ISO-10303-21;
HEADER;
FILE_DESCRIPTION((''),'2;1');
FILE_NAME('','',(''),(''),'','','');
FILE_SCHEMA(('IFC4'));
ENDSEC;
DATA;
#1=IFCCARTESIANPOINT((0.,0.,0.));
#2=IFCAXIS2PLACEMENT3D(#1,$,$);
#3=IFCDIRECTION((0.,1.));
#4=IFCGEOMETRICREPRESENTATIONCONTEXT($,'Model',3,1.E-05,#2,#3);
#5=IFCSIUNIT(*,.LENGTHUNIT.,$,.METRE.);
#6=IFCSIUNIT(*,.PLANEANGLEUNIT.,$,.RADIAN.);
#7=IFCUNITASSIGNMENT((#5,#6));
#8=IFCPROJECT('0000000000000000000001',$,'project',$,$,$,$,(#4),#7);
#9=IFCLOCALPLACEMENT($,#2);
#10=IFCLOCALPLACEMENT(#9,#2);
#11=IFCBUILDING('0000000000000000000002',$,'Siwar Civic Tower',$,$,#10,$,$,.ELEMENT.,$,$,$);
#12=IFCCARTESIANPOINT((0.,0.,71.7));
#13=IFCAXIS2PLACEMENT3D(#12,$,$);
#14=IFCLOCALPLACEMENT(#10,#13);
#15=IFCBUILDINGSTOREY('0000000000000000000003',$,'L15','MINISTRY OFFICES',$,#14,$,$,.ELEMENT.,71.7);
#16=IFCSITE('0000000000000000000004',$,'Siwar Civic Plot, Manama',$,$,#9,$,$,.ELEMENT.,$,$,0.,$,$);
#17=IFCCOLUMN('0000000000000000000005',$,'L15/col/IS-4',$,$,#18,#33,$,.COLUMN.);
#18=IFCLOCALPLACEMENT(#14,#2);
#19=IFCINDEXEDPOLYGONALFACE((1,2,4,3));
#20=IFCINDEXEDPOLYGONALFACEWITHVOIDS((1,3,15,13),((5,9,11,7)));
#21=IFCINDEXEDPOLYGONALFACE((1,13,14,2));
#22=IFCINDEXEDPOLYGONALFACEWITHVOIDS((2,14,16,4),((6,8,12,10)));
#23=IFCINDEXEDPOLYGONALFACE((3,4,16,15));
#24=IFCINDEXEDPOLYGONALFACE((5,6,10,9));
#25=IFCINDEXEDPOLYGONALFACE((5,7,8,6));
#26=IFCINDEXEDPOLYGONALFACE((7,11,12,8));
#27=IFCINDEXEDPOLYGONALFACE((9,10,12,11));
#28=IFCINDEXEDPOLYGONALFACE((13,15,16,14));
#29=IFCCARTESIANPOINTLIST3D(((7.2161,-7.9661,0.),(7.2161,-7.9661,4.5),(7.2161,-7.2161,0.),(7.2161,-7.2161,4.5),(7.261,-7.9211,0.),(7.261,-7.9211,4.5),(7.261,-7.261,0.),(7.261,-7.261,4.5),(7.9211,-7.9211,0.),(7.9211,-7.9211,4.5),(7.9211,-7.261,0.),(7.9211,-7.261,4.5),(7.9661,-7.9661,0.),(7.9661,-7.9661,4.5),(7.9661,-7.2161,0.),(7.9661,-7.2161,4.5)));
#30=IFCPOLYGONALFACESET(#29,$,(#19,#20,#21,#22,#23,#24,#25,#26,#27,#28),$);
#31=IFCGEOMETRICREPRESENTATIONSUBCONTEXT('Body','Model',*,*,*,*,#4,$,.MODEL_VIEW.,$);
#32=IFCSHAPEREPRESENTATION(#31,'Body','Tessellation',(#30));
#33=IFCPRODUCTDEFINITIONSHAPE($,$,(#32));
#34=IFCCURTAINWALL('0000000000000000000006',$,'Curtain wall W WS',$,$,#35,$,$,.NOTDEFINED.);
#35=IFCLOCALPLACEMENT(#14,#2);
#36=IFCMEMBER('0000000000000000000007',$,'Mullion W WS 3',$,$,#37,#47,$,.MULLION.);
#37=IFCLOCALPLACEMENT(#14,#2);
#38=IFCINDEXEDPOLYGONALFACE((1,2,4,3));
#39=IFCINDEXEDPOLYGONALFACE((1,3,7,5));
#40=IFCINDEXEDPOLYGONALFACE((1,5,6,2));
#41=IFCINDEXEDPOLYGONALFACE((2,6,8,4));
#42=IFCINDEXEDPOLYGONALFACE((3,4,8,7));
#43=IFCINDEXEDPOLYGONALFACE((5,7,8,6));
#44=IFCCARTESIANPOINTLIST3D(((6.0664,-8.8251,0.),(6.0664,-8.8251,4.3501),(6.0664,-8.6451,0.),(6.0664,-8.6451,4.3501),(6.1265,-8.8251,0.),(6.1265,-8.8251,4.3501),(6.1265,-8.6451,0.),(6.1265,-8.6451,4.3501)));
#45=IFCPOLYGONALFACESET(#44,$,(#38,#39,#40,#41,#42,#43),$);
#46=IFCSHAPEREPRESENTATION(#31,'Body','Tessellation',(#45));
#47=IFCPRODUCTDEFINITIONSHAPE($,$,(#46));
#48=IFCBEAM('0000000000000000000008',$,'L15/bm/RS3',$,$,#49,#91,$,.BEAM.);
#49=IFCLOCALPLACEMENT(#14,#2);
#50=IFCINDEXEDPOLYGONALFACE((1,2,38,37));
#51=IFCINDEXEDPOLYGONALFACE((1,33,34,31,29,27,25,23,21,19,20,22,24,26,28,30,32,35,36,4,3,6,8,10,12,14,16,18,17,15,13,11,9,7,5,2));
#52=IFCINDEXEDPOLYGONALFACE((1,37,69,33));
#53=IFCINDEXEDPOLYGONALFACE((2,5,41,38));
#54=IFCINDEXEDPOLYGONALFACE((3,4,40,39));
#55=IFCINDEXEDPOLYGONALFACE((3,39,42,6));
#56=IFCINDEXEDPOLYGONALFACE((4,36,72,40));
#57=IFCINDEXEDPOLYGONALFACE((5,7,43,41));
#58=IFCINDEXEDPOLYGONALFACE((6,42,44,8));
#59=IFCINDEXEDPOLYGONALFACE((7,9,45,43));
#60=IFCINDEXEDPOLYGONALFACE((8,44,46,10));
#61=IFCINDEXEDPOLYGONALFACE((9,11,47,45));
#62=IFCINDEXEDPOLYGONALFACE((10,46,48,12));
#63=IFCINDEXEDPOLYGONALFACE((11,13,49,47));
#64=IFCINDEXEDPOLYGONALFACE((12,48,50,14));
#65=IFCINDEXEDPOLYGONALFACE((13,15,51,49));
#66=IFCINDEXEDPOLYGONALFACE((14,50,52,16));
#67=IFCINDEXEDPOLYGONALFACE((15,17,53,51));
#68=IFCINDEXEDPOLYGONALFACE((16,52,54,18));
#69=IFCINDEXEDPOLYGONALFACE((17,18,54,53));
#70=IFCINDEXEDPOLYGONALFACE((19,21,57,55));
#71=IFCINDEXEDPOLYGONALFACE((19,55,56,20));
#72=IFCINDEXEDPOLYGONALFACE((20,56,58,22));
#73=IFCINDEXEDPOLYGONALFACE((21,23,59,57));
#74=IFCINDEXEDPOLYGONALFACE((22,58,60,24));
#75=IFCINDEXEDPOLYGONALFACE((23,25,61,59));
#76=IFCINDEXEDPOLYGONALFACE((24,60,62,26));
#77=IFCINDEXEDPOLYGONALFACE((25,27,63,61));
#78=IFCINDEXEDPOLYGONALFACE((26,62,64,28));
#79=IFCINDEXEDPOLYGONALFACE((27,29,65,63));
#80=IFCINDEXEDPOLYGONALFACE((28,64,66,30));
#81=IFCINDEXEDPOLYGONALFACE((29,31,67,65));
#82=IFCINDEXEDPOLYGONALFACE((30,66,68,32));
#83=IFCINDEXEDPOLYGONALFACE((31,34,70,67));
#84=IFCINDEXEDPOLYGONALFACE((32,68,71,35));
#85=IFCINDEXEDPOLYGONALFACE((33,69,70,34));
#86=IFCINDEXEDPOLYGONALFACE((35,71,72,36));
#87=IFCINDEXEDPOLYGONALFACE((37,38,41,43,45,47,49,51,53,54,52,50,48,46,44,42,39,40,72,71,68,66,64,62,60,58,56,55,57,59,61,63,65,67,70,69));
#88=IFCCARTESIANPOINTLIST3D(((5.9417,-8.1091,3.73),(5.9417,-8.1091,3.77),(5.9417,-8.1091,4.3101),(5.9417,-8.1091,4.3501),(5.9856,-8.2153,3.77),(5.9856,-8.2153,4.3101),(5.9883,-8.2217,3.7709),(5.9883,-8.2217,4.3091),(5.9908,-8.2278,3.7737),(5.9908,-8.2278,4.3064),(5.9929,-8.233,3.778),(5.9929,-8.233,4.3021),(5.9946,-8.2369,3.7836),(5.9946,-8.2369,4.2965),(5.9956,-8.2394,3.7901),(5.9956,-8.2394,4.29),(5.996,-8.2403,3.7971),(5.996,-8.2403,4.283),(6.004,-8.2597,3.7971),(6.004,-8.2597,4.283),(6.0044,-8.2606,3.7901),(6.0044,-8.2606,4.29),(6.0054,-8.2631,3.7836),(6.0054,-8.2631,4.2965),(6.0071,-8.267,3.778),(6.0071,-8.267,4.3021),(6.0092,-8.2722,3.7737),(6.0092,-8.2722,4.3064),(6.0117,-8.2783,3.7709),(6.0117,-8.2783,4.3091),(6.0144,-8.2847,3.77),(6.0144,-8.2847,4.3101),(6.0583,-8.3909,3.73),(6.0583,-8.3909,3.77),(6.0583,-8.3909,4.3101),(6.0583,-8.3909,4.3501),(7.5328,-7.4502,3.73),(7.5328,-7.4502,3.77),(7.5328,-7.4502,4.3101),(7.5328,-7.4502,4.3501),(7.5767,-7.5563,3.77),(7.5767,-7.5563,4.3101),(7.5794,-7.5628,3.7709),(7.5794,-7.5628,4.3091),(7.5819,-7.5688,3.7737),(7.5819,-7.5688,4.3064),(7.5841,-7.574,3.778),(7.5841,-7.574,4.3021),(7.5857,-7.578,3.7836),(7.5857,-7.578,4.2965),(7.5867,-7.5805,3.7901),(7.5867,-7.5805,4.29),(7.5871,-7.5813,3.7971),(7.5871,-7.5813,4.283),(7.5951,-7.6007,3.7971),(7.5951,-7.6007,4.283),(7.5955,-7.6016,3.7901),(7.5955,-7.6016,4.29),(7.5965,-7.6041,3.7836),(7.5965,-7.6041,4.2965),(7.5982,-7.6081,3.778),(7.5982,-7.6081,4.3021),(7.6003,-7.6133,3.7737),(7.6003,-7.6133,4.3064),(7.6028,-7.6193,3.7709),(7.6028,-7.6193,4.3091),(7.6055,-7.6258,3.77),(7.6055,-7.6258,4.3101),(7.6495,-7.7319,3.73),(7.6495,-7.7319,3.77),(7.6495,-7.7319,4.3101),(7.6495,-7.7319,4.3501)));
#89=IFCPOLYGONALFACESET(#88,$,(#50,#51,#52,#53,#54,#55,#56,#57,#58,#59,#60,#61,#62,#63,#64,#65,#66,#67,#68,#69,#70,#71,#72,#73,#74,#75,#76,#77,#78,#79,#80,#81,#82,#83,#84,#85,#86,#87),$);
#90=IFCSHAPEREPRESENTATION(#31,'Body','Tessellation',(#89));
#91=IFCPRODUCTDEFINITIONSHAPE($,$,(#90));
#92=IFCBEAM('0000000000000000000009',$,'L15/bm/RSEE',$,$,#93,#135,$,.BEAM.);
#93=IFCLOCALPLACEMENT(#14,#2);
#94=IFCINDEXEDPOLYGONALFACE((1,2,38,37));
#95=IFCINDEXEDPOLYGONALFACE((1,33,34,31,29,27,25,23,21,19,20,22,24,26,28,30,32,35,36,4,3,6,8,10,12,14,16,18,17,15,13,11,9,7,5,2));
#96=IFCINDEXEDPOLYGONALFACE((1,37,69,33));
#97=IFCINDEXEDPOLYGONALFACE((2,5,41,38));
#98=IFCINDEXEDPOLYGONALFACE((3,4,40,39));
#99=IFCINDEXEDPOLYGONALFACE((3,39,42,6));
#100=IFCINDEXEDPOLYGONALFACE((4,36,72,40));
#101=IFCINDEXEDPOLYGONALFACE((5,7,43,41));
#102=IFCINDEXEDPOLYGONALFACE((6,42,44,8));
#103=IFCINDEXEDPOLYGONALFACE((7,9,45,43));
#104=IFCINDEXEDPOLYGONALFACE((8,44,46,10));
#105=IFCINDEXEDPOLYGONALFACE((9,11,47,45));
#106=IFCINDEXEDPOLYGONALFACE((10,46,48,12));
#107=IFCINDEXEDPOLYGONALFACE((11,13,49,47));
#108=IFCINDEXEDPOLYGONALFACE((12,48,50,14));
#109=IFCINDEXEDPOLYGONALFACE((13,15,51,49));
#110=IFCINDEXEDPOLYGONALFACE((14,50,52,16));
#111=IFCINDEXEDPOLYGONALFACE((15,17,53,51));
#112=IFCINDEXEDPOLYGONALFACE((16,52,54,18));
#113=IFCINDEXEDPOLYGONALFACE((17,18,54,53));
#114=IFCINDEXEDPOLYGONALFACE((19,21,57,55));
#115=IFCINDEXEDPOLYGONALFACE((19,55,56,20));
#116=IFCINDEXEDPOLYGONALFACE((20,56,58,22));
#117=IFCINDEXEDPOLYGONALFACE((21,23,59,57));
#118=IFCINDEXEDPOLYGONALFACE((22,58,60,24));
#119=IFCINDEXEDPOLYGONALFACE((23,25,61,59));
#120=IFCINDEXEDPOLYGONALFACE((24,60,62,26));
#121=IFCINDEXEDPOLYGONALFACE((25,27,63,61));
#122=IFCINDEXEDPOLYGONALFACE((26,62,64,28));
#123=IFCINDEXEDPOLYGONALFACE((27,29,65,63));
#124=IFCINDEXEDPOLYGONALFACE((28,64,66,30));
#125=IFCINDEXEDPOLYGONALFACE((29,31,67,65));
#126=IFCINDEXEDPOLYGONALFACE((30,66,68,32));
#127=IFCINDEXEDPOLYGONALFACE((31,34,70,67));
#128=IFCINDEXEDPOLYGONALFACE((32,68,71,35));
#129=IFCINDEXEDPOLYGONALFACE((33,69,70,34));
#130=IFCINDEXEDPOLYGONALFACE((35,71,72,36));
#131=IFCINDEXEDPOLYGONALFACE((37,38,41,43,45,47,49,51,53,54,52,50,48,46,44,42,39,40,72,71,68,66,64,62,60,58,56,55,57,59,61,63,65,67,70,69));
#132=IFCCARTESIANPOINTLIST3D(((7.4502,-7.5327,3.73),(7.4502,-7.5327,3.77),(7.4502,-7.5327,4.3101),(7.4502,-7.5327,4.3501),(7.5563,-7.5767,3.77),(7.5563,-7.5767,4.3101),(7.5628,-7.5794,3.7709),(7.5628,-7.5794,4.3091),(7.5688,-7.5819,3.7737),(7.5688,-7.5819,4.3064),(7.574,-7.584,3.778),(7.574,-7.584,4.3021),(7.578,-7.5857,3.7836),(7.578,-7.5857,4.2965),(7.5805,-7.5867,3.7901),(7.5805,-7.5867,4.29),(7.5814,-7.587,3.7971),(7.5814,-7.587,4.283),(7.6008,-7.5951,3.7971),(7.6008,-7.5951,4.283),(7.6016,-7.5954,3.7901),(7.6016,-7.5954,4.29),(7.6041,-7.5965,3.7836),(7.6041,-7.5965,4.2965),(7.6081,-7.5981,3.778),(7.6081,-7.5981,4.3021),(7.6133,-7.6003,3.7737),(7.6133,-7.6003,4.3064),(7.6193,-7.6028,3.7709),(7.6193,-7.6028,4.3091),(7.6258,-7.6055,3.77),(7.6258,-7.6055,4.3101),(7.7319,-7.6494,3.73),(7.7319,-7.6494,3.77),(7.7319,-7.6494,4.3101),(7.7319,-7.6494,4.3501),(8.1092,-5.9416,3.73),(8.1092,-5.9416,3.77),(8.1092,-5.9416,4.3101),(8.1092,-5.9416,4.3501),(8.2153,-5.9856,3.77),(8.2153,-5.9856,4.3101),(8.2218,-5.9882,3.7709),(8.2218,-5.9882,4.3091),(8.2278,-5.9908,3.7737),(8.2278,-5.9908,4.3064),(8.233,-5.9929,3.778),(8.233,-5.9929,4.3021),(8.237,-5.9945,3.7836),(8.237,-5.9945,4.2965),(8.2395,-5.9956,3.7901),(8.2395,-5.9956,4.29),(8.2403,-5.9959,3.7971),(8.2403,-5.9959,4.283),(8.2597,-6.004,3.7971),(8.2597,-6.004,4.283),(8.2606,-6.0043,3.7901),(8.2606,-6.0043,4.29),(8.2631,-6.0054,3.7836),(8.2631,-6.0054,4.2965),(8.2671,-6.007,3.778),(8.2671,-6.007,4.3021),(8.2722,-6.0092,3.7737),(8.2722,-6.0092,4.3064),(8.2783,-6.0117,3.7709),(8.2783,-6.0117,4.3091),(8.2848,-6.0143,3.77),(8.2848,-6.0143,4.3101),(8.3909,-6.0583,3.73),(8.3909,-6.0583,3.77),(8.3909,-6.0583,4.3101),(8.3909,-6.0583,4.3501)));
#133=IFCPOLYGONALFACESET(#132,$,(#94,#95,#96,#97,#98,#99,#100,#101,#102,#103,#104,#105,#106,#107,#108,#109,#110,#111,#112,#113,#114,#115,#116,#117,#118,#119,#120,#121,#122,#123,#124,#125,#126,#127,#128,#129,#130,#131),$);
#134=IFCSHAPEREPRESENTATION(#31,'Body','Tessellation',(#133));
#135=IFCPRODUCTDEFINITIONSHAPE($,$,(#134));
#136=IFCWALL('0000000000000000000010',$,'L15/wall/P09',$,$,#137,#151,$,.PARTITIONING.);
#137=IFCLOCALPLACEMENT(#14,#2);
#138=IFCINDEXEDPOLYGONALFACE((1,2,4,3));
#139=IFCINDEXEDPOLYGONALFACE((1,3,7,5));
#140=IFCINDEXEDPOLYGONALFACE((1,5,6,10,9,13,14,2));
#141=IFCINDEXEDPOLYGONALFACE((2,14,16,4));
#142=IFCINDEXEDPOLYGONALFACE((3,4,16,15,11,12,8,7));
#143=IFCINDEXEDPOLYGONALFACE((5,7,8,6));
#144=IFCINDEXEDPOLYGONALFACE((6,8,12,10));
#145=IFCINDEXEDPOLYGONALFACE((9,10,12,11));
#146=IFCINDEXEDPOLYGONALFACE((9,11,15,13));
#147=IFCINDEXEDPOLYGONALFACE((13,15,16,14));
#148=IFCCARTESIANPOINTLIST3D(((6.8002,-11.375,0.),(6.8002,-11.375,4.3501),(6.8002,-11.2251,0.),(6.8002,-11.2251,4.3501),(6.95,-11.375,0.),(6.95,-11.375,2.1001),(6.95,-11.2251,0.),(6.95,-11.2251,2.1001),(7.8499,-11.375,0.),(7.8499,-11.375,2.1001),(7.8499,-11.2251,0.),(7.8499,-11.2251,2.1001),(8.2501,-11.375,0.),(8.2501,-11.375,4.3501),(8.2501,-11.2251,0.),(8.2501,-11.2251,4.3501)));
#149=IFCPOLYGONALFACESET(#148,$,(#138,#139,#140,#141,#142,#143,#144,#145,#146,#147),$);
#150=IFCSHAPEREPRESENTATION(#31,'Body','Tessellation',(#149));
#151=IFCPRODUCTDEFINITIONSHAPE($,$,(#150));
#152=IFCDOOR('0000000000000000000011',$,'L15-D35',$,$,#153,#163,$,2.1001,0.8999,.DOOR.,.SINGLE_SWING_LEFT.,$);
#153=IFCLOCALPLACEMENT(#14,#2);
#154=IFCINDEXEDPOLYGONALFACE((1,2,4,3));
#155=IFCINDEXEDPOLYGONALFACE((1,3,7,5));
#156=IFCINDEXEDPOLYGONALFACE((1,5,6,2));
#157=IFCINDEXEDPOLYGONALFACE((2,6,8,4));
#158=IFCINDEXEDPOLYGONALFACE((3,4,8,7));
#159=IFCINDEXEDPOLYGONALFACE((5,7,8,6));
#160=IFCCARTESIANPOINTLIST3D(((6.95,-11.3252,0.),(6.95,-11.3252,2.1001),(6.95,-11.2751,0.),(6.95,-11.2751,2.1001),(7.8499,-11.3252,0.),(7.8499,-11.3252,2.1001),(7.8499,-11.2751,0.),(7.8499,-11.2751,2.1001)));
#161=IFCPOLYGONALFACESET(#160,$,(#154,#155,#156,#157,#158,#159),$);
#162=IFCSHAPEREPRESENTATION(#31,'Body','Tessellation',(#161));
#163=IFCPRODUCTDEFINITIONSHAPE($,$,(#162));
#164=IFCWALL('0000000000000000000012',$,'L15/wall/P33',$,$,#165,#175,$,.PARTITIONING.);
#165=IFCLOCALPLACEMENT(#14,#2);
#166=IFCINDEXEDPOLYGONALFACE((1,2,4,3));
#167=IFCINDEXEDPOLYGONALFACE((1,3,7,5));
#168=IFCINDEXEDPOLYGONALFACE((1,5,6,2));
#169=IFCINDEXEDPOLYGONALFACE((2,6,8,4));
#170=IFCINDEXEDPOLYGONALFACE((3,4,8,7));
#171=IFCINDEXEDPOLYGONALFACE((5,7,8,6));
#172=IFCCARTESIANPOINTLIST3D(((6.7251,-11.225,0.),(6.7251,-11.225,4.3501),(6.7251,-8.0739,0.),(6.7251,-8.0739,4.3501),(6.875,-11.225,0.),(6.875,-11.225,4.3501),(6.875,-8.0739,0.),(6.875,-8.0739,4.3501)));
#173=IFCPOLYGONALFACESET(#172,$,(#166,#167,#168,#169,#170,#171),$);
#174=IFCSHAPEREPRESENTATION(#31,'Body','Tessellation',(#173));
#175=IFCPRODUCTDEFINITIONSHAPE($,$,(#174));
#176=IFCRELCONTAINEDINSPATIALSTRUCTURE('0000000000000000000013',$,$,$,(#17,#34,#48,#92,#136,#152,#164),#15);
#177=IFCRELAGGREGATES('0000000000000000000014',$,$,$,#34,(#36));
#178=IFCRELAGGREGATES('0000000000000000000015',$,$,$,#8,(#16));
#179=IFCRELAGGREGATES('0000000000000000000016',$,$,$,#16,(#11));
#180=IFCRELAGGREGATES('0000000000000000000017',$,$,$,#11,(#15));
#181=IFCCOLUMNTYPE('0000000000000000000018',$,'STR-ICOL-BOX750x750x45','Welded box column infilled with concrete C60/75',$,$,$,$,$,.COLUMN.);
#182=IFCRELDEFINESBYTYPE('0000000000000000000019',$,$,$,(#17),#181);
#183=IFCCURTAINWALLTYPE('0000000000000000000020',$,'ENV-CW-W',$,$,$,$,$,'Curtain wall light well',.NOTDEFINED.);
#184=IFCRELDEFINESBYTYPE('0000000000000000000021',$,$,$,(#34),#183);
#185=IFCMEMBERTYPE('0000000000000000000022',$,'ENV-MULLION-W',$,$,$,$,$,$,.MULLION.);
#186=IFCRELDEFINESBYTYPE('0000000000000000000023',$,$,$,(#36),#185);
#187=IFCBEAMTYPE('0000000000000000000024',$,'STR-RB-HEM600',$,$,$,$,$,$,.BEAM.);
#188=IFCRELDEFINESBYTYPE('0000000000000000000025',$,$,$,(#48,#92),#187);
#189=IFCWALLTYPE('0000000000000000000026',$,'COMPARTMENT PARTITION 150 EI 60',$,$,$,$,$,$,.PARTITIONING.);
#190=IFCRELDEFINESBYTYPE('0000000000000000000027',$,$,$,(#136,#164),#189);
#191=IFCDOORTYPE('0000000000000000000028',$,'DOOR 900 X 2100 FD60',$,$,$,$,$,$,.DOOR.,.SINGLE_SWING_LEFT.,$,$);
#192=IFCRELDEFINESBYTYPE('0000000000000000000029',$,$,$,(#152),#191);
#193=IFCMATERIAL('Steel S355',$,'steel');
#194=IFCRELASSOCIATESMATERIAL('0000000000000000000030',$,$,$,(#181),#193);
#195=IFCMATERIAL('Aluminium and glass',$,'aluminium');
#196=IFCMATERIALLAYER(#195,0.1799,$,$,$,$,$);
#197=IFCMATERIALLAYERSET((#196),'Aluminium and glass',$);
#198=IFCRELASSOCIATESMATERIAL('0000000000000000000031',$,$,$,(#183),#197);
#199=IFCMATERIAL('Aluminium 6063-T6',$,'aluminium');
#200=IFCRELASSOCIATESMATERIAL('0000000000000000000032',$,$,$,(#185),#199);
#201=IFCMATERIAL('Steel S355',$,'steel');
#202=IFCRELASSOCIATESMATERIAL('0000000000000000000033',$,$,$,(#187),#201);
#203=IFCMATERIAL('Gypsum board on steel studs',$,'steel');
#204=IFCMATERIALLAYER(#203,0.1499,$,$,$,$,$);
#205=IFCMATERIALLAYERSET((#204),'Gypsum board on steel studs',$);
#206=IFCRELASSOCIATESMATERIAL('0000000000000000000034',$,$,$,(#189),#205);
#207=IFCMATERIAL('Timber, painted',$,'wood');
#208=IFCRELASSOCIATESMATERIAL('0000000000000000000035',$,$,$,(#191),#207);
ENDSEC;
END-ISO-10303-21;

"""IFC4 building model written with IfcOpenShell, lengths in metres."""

from ifc_helpers import new_model, si_unit, direction, frame, frame_2d, origin, origin_2d, place, context, subcontext, project, spatial, rectangle, hollow_rectangle, i_section, extrude, material, layer, layer_set, material_profile, profile_set, type_object, element, fill, aggregate, save


model = new_model("IFC4")

# Units and contexts
model_context = context("Model", 3, precision=1e-05, world=origin(), true_north=direction((0.0, 1.0)))
body_context = subcontext(model_context, "Body", "Model", "MODEL_VIEW")
ifc_project = project(units=[si_unit("LENGTHUNIT", "METRE"), si_unit("PLANEANGLEUNIT", "RADIAN")], contexts=[model_context])

# Site, building, storey
site_placement = place(None, origin())
site = spatial("IfcSite", under=ifc_project, at=site_placement, Name="Siwar Civic Plot, Manama", CompositionType="ELEMENT", RefElevation=0.0)
building_placement = place(site_placement, origin())
building = spatial("IfcBuilding", under=site, at=building_placement, Name="Siwar Civic Tower", CompositionType="ELEMENT")
storey_placement = place(building_placement, frame((0.0, 0.0, 71.7)))
storey = spatial("IfcBuildingStorey", under=building, at=storey_placement, Name="L15", Description="MINISTRY OFFICES", CompositionType="ELEMENT", Elevation=71.7)

# Column
ifc_material_1 = material(Name="Steel S355", Category="steel")
ifc_material_profile_1 = material_profile(ifc_material_1, hollow_rectangle(XDim=0.75, YDim=0.75, WallThickness=0.0449, at=origin_2d()), Name="BOX750x750x45")
ifc_profile_set_1 = profile_set([ifc_material_profile_1], Name="Steel S355")
column_type = type_object("IfcColumnType", Name="STR-ICOL-BOX750x750x45", Description="Welded box column infilled with concrete C60/75", PredefinedType="COLUMN", material=ifc_profile_set_1)
column_placement = place(storey_placement, frame((7.5911, -7.5911, 0.0), z_axis=(0.0, 0.0, 1.0), x_axis=(1.0, 0.0, 0.0)))
element("IfcColumn", 1, at=column_placement, inside=storey, type_object=column_type, Name="L15/col/IS-4", PredefinedType="COLUMN", context=body_context, shape_type="SweptSolid", body=[
    extrude(hollow_rectangle(XDim=0.75, YDim=0.75, WallThickness=0.0449, at=origin_2d()), origin(), (0.0, 0.0, 1.0), 4.5),
])

# Curtain wall, member
ifc_material_2 = material(Name="Aluminium and glass", Category="aluminium")
ifc_layer_1 = layer(ifc_material_2, 0.1799)
ifc_layer_set_1 = layer_set([ifc_layer_1], Name="Aluminium and glass")
curtain_wall_type = type_object("IfcCurtainWallType", Name="ENV-CW-W", ElementType="Curtain wall light well", PredefinedType="NOTDEFINED", material=ifc_layer_set_1)
curtain_wall_placement = place(storey_placement, origin())
curtain_wall = element("IfcCurtainWall", 2, at=curtain_wall_placement, inside=storey, type_object=curtain_wall_type, Name="Curtain wall W WS", PredefinedType="NOTDEFINED")
ifc_material_3 = material(Name="Aluminium 6063-T6", Category="aluminium")
ifc_material_profile_2 = material_profile(ifc_material_3, rectangle(XDim=0.1799, YDim=0.0601, at=origin_2d()), Name="AL 180x60")
ifc_profile_set_2 = profile_set([ifc_material_profile_2], Name="Aluminium 6063-T6")
member_type = type_object("IfcMemberType", Name="ENV-MULLION-W", PredefinedType="MULLION", material=ifc_profile_set_2)
member_placement = place(storey_placement, frame((6.0964, -8.7351, 0.0), z_axis=(0.0, 0.0, 1.0), x_axis=(0.0, 1.0, 0.0)))
member = element("IfcMember", 3, at=member_placement, type_object=member_type, Name="Mullion W WS 3", PredefinedType="MULLION", context=body_context, shape_type="SweptSolid", body=[
    extrude(rectangle(XDim=0.1799, YDim=0.0601, at=origin_2d()), origin(), (0.0, 0.0, 1.0), 4.3501),
])
aggregate(curtain_wall, [member])

# Beams
ifc_material_4 = material(Name="Steel S355", Category="steel")
ifc_material_profile_3 = material_profile(ifc_material_4, i_section(OverallWidth=0.3049, OverallDepth=0.6201, WebThickness=0.021, FlangeThickness=0.04, FilletRadius=0.0271, at=origin_2d()), Name="HEM600")
ifc_profile_set_3 = profile_set([ifc_material_profile_3], Name="Steel S355")
beam_type = type_object("IfcBeamType", Name="STR-RB-HEM600", PredefinedType="BEAM", material=ifc_profile_set_3)
for number, where, z_axis, x_axis, name in (
    (4, (6.0, -8.25, 4.04), (0.923901, 0.382631, 0.0), (-0.382631, 0.923901, 0.0), "L15/bm/RS3"),
    (5, (7.5911, -7.5911, 4.04), (0.382631, 0.923901, 0.0), (-0.923901, 0.382631, 0.0), "L15/bm/RSEE"),
):
    element("IfcBeam", number, at=place(storey_placement, frame(where, z_axis=z_axis, x_axis=x_axis)), inside=storey, type_object=beam_type, Name=name, PredefinedType="BEAM", context=body_context, shape_type="SweptSolid", body=[
        extrude(i_section(OverallWidth=0.3049, OverallDepth=0.6201, WebThickness=0.021, FlangeThickness=0.04, FilletRadius=0.0271, at=origin_2d()), origin(), (0.0, 0.0, 1.0), 1.7222),
    ])

# Wall, opening, door
ifc_material_5 = material(Name="Gypsum board on steel studs", Category="steel")
ifc_layer_2 = layer(ifc_material_5, 0.1499)
ifc_layer_set_2 = layer_set([ifc_layer_2], Name="Gypsum board on steel studs")
wall_type_1 = type_object("IfcWallType", Name="COMPARTMENT PARTITION 150 EI 60", PredefinedType="PARTITIONING", material=ifc_layer_set_2)
wall_1_placement = place(storey_placement, frame((6.8, -11.3, 0.0), z_axis=(0.0, 0.0, 1.0), x_axis=(1.0, 0.0, 0.0)))
wall_1 = element("IfcWall", 6, at=wall_1_placement, inside=storey, type_object=wall_type_1, Name="L15/wall/P09", PredefinedType="PARTITIONING", context=body_context, shape_type="SweptSolid", body=[
    extrude(rectangle(XDim=1.45, YDim=0.1499, at=frame_2d((0.7251, 0.0))), origin(), (0.0, 0.0, 1.0), 4.3501),
])
opening_1_placement = place(wall_1_placement, frame((0.1499, 0.0, 0.0)))
opening_1 = element("IfcOpeningElement", 7, at=opening_1_placement, cuts=wall_1, PredefinedType="OPENING", context=body_context, shape_type="SweptSolid", body=[
    extrude(rectangle(XDim=0.8999, YDim=2.1001, at=frame_2d((0.45, 1.05))), frame((0.0, 0.085, 0.0), z_axis=(0.0, -1.0, 0.0), x_axis=(1.0, 0.0, 0.0)), (0.0, 0.0, 1.0), 0.1699),
])
ifc_material_6 = material(Name="Timber, painted", Category="wood")
door_type_1 = type_object("IfcDoorType", Name="DOOR 900 X 2100 FD60", OperationType="SINGLE_SWING_LEFT", PredefinedType="DOOR", material=ifc_material_6)
door_1_placement = place(opening_1_placement, origin())
door_1 = element("IfcDoor", 8, at=door_1_placement, inside=storey, type_object=door_type_1, Name="L15-D35", OperationType="SINGLE_SWING_LEFT", OverallHeight=2.1001, OverallWidth=0.8999, PredefinedType="DOOR", context=body_context, shape_type="SweptSolid", body=[
    extrude(rectangle(XDim=0.8999, YDim=2.1001, at=frame_2d((0.45, 1.05))), frame((0.0, 0.0249, 0.0), z_axis=(0.0, -1.0, 0.0), x_axis=(1.0, 0.0, 0.0)), (0.0, 0.0, 1.0), 0.05),
])
fill(opening_1, door_1)

# Wall
wall_2_placement = place(storey_placement, frame((6.8, -11.2251, 0.0), z_axis=(0.0, 0.0, 1.0), x_axis=(0.0, 1.0, 0.0)))
element("IfcWall", 9, at=wall_2_placement, inside=storey, type_object=wall_type_1, Name="L15/wall/P33", PredefinedType="PARTITIONING", context=body_context, shape_type="SweptSolid", body=[
    extrude(rectangle(XDim=3.1511, YDim=0.1499, at=frame_2d((1.5757, 0.0))), origin(), (0.0, 0.0, 1.0), 4.3501),
])

save(model, "model.ifc")
